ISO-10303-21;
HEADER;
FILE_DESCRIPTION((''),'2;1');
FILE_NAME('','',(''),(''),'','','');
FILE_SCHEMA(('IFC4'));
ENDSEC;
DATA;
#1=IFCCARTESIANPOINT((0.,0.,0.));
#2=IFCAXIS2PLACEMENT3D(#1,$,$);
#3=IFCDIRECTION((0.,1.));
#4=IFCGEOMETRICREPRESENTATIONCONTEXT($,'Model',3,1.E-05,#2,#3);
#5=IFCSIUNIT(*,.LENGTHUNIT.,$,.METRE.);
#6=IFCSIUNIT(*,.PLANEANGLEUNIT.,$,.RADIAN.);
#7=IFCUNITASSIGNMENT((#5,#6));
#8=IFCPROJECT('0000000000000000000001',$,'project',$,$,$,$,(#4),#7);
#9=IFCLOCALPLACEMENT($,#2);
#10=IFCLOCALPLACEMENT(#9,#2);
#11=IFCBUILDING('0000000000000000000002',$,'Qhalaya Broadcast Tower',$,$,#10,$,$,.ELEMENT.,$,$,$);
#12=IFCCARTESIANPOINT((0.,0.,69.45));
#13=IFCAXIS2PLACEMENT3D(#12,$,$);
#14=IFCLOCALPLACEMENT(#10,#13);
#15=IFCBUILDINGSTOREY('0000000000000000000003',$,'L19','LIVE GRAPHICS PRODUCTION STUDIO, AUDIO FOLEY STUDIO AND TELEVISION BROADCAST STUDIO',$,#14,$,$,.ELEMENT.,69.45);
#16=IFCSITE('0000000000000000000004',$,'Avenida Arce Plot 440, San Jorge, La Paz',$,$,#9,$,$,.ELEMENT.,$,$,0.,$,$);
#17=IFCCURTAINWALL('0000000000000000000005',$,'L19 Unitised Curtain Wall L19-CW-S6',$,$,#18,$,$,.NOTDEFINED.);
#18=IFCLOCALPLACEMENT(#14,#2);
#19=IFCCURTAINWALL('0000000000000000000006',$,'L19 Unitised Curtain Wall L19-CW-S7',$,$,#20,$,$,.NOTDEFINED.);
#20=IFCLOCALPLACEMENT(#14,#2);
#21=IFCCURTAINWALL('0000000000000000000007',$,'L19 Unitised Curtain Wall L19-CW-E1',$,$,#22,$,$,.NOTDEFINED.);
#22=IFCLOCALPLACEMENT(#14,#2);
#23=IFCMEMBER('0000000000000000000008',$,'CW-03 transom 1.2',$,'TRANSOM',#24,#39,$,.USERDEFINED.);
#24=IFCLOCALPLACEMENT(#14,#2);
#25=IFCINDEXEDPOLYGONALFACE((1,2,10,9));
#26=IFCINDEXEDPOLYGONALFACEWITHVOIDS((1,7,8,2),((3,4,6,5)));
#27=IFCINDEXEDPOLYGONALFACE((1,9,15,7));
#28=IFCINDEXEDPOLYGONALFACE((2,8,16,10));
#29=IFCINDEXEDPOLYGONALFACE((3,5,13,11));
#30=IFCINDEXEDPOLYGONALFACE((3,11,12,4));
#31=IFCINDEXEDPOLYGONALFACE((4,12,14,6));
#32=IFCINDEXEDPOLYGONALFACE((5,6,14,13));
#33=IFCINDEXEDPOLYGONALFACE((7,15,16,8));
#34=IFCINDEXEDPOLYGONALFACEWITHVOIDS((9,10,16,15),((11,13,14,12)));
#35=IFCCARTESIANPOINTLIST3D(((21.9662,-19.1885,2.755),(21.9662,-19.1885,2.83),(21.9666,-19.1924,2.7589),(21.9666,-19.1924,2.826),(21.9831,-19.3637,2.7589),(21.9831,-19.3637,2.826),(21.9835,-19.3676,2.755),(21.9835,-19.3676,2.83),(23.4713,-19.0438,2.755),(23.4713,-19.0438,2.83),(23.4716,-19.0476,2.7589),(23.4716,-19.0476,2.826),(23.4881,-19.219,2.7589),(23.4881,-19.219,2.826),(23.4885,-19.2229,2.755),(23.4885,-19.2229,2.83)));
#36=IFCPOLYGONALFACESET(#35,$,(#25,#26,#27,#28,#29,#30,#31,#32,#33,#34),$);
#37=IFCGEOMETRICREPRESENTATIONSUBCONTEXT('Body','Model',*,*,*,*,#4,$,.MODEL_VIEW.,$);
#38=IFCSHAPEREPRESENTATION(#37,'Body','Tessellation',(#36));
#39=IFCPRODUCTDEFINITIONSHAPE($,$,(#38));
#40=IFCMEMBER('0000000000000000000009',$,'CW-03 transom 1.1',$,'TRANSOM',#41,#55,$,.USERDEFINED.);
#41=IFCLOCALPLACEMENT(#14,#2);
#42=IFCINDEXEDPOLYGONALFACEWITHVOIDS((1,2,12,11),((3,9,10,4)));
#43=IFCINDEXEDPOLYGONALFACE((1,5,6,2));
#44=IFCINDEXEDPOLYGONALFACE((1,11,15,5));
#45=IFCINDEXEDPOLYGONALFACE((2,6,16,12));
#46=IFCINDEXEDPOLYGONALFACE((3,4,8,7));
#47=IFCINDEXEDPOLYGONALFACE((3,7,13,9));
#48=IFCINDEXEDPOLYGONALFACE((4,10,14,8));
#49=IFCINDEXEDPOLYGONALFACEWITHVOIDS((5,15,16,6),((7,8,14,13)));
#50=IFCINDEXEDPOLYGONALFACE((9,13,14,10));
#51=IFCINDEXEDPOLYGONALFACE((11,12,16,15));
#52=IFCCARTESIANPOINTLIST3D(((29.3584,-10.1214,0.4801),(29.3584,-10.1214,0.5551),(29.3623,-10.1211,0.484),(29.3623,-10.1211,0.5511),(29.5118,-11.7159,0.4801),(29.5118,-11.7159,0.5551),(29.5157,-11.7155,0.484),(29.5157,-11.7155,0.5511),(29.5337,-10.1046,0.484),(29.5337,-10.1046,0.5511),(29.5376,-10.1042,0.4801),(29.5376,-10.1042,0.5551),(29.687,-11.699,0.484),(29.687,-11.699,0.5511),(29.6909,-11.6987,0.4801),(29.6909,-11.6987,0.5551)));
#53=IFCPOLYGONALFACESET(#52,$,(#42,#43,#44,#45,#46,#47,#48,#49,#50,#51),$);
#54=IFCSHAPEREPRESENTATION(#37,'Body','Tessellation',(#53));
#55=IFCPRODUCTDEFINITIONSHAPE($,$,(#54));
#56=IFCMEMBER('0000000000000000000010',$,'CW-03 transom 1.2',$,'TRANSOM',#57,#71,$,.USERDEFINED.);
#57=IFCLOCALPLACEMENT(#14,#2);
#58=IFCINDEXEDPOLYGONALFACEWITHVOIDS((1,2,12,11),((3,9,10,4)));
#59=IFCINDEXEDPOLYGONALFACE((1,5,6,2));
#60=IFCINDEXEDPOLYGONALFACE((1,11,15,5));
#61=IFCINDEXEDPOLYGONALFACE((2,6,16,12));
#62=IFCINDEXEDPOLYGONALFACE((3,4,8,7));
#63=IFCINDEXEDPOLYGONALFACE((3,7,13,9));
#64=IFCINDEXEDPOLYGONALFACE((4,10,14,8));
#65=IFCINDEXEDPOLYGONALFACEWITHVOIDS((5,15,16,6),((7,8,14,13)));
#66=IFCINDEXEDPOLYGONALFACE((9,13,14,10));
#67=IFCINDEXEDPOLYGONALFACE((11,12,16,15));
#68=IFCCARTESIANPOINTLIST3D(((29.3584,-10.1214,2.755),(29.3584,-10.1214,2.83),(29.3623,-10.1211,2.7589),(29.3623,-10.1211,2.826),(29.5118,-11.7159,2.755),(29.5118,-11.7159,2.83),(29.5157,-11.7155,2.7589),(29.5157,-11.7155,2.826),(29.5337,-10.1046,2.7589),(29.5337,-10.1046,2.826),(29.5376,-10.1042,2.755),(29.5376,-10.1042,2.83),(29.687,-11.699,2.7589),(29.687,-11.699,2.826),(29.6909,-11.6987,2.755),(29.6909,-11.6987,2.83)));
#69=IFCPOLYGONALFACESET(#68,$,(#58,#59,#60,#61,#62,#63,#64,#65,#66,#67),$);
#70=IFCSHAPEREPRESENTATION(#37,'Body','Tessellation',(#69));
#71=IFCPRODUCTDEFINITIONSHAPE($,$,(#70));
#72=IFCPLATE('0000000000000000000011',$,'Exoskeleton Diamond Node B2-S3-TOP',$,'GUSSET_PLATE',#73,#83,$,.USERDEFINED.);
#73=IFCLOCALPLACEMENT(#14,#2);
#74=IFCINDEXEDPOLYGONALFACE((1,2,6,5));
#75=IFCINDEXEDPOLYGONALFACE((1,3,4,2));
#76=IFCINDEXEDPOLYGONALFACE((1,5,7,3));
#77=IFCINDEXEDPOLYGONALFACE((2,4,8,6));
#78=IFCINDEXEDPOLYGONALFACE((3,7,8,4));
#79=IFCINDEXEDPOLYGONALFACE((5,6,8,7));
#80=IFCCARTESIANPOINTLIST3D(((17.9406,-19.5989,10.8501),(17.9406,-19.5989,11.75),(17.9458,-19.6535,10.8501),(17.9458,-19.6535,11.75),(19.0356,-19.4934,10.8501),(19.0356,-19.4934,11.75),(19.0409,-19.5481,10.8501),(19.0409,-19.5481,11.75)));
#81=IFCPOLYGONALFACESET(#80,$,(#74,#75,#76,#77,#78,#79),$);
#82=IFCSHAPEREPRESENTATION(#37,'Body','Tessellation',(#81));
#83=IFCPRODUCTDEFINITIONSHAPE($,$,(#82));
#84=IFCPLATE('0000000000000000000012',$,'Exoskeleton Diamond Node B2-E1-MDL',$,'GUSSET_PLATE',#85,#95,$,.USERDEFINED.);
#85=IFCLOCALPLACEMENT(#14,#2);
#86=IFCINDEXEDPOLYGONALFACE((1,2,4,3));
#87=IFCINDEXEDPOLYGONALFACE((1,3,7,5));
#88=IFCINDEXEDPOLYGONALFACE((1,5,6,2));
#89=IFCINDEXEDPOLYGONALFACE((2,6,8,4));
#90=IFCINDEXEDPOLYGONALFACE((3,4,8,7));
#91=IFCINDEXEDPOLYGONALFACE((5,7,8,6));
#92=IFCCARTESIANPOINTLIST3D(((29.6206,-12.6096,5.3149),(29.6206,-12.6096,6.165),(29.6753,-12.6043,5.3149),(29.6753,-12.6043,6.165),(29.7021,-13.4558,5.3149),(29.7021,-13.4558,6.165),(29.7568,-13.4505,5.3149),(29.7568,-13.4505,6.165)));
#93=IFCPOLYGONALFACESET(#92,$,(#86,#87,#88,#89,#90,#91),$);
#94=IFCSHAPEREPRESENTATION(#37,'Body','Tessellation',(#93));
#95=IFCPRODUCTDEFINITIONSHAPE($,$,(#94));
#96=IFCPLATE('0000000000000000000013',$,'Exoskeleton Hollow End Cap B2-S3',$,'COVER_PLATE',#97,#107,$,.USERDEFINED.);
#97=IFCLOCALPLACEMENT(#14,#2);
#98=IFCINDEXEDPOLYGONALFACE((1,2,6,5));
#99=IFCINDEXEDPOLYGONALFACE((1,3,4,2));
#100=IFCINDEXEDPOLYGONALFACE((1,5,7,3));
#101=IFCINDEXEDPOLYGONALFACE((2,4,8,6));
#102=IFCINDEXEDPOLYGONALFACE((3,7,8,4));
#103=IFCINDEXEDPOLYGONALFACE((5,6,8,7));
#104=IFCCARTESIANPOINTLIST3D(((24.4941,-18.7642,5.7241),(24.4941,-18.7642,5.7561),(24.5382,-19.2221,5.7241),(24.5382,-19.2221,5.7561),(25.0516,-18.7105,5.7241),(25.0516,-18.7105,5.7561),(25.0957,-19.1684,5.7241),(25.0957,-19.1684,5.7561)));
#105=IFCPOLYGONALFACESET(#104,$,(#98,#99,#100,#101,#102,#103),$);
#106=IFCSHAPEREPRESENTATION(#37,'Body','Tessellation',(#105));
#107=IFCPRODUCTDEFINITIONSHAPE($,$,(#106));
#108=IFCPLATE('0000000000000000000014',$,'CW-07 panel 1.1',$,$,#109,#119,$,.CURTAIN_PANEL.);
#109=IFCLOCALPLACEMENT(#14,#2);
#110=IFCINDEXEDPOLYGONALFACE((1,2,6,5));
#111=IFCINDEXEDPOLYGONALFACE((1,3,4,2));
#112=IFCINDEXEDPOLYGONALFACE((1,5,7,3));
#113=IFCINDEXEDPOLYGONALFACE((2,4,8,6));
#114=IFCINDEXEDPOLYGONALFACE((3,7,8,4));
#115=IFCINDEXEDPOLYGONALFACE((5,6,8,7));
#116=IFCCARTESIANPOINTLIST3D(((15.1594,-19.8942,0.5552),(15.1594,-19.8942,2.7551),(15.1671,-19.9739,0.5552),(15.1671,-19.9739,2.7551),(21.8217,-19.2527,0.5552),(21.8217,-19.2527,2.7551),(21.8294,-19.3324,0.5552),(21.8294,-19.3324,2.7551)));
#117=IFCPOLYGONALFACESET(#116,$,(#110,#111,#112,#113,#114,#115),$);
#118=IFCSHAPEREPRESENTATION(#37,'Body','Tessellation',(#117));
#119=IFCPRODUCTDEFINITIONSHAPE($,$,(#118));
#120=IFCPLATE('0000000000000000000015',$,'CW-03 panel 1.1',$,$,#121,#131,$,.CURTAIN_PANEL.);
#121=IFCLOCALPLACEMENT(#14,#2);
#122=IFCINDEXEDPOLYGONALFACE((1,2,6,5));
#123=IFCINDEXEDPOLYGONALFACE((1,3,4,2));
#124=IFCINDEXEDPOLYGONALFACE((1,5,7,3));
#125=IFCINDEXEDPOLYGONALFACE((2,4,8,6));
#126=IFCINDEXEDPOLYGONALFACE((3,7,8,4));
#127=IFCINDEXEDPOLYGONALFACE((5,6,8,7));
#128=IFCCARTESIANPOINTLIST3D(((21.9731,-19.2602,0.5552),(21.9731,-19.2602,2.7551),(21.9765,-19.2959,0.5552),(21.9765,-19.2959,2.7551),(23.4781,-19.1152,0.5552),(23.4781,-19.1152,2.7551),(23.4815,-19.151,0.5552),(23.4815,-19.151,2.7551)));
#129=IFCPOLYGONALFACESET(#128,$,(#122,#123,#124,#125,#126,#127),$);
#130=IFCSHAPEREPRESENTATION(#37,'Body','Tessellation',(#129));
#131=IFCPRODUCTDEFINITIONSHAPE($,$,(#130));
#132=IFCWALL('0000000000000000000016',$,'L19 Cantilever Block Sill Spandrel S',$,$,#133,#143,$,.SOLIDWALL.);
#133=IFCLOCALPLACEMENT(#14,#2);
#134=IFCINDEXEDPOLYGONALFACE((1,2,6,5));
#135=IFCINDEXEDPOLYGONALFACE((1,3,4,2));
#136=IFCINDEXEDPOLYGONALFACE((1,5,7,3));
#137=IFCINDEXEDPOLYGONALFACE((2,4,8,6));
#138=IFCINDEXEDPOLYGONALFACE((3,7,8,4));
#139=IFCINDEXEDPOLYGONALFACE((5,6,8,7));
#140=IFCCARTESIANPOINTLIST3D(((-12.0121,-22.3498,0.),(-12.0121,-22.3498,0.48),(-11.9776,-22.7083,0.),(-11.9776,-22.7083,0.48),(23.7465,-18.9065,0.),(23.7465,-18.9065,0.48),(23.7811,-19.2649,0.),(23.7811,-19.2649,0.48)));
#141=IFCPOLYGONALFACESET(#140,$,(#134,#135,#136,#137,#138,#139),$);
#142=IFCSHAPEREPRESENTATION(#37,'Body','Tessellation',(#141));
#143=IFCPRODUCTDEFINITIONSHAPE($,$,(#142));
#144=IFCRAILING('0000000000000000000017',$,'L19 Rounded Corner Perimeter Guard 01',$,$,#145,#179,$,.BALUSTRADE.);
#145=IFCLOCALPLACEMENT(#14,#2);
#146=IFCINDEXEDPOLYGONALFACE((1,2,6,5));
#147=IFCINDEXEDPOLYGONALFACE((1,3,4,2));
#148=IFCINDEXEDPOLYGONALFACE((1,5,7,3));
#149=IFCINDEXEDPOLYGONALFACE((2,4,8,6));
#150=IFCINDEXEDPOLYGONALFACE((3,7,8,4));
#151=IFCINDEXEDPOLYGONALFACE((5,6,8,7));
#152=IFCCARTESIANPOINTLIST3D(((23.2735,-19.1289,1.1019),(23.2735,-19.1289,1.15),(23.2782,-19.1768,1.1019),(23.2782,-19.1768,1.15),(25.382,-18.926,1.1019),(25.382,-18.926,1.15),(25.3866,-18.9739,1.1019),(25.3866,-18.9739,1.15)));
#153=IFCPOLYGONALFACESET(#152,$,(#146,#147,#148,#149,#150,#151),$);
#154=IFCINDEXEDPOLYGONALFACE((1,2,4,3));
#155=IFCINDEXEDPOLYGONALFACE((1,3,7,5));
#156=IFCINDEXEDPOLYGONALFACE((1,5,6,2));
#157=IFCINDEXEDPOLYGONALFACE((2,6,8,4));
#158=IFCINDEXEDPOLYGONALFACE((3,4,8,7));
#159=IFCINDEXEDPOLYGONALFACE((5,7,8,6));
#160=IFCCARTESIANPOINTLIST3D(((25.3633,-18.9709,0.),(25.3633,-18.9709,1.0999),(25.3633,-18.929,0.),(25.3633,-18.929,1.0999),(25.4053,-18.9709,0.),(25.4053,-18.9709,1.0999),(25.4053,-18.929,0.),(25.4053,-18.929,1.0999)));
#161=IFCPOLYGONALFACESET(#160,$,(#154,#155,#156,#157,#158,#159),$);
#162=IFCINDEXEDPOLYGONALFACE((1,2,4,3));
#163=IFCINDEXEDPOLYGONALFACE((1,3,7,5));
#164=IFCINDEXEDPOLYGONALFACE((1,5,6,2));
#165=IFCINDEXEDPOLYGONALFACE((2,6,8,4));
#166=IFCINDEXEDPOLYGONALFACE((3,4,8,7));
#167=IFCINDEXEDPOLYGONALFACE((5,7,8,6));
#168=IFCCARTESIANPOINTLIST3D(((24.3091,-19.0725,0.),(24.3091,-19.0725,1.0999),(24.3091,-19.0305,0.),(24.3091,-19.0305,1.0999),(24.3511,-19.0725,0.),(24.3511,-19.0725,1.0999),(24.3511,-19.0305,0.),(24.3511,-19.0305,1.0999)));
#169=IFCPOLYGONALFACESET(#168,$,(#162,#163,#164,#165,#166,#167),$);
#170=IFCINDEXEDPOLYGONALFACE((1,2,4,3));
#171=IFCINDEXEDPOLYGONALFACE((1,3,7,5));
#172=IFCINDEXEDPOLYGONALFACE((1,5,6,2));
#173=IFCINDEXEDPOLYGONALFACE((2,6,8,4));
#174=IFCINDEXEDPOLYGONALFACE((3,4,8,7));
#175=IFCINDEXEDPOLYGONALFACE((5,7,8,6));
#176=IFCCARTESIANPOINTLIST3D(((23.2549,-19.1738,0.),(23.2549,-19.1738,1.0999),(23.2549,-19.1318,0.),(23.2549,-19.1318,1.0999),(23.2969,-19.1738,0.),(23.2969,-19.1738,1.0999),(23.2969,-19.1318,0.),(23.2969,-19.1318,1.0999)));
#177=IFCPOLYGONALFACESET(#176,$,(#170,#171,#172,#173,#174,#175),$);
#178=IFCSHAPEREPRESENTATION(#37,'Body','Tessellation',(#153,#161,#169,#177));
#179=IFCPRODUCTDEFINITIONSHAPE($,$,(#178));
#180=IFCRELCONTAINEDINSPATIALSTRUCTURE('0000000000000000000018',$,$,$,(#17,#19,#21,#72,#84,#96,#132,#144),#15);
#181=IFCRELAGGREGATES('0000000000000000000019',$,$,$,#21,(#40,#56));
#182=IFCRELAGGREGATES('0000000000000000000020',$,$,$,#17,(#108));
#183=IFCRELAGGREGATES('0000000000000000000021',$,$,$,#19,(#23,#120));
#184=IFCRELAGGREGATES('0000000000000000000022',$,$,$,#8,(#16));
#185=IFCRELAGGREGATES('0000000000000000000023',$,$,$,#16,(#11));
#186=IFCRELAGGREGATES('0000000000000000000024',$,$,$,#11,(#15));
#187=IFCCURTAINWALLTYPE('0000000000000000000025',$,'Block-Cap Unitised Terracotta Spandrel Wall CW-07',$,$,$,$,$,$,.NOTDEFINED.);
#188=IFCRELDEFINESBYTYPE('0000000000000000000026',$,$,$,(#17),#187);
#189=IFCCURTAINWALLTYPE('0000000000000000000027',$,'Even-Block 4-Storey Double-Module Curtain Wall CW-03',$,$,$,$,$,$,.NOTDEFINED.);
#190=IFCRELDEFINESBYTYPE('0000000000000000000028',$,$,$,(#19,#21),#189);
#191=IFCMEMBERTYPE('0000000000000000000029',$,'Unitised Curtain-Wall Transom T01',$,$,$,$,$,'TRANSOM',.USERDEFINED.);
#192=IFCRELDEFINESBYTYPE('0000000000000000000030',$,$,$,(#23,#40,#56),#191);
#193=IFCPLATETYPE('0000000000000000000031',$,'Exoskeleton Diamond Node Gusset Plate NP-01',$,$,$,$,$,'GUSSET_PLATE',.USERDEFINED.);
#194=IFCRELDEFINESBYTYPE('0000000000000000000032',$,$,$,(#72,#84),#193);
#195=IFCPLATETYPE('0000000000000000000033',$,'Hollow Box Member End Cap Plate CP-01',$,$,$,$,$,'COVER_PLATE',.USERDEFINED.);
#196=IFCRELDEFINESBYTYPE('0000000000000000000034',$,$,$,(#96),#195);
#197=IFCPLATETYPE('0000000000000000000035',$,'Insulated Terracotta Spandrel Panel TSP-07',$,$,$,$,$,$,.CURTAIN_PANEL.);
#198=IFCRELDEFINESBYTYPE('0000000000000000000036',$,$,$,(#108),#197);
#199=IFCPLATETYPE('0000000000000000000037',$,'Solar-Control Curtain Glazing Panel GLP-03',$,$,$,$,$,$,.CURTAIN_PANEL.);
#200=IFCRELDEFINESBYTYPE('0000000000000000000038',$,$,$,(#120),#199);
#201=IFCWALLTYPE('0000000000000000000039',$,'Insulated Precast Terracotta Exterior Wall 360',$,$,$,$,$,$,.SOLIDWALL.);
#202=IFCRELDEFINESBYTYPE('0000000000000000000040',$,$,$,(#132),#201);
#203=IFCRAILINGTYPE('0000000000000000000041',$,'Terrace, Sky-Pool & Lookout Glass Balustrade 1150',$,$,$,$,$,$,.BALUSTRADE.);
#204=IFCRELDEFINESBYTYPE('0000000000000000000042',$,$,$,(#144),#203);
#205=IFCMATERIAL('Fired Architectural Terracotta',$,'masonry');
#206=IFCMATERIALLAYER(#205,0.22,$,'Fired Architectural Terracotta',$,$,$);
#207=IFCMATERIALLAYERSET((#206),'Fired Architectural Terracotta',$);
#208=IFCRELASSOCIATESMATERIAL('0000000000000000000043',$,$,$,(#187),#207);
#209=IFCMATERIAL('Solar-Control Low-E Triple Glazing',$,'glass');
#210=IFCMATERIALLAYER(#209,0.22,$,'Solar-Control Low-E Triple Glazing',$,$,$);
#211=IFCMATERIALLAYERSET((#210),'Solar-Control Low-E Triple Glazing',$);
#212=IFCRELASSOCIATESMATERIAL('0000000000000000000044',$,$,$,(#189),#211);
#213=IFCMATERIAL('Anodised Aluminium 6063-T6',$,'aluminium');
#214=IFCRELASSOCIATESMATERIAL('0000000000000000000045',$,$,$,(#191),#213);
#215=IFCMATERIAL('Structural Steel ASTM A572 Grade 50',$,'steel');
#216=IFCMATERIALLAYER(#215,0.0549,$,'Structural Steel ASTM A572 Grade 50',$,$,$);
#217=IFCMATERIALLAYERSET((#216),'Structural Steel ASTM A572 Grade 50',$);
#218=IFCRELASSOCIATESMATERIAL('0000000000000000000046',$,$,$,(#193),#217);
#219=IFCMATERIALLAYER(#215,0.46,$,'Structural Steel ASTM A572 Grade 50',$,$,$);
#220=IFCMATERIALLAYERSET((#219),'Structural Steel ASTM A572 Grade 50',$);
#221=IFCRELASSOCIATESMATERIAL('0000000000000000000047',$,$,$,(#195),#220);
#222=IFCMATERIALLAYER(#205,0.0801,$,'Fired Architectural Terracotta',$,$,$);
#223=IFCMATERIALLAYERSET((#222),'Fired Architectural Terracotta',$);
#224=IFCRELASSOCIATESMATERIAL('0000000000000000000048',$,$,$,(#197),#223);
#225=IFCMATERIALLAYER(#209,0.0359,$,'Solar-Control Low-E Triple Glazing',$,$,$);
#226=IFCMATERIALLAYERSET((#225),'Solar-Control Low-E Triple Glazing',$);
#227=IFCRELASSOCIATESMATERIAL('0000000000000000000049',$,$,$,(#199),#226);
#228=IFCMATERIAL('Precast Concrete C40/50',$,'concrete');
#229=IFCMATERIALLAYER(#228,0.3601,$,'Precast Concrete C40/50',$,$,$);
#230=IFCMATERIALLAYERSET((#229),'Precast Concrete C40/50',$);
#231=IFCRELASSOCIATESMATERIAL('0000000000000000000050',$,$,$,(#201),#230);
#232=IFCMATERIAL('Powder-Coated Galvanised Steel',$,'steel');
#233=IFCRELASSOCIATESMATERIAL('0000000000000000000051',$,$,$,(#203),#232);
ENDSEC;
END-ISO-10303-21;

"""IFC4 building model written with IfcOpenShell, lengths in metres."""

from ifc_helpers import new_model, si_unit, direction, frame, frame_2d, origin, origin_2d, place, context, subcontext, project, spatial, rectangle, hollow_rectangle, extrude, material, layer, layer_set, material_profile, profile_set, type_object, element, aggregate, save


model = new_model("IFC4")

# Units and contexts
model_context = context("Model", 3, precision=1e-05, world=origin(), true_north=direction((0.0, 1.0)))
body_context = subcontext(model_context, "Body", "Model", "MODEL_VIEW")
ifc_project = project(units=[si_unit("LENGTHUNIT", "METRE"), si_unit("PLANEANGLEUNIT", "RADIAN")], contexts=[model_context])

# Site, building, storey
site_placement = place(None, origin())
site = spatial("IfcSite", under=ifc_project, at=site_placement, Name="Avenida Arce Plot 440, San Jorge, La Paz", CompositionType="ELEMENT", RefElevation=0.0)
building_placement = place(site_placement, origin())
building = spatial("IfcBuilding", under=site, at=building_placement, Name="Qhalaya Broadcast Tower", CompositionType="ELEMENT")
storey_placement = place(building_placement, frame((0.0, 0.0, 69.45)))
storey = spatial("IfcBuildingStorey", under=building, at=storey_placement, Name="L19", Description="LIVE GRAPHICS PRODUCTION STUDIO, AUDIO FOLEY STUDIO AND TELEVISION BROADCAST STUDIO", CompositionType="ELEMENT", Elevation=69.45)

# Shared definitions
ifc_material_1 = material(Name="Structural Steel ASTM A572 Grade 50", Category="steel")

# Shared definitions
ifc_material_2 = material(Name="Fired Architectural Terracotta", Category="masonry")

# Curtain wall
ifc_layer_1 = layer(ifc_material_2, 0.22, Name="Fired Architectural Terracotta")
ifc_layer_set_1 = layer_set([ifc_layer_1], Name="Fired Architectural Terracotta")
curtain_wall_type_1 = type_object("IfcCurtainWallType", Name="Block-Cap Unitised Terracotta Spandrel Wall CW-07", PredefinedType="NOTDEFINED", material=ifc_layer_set_1)
curtain_wall_1_placement = place(storey_placement, origin())
curtain_wall_1 = element("IfcCurtainWall", 1, at=curtain_wall_1_placement, inside=storey, type_object=curtain_wall_type_1, Name="L19 Unitised Curtain Wall L19-CW-S6", PredefinedType="NOTDEFINED")
ifc_material_3 = material(Name="Anodised Aluminium 6063-T6", Category="aluminium")

# Curtain wall
ifc_material_4 = material(Name="Solar-Control Low-E Triple Glazing", Category="glass")
ifc_layer_2 = layer(ifc_material_4, 0.22, Name="Solar-Control Low-E Triple Glazing")
ifc_layer_set_2 = layer_set([ifc_layer_2], Name="Solar-Control Low-E Triple Glazing")
curtain_wall_type_2 = type_object("IfcCurtainWallType", Name="Even-Block 4-Storey Double-Module Curtain Wall CW-03", PredefinedType="NOTDEFINED", material=ifc_layer_set_2)
curtain_wall_2_placement = place(storey_placement, origin())
curtain_wall_2 = element("IfcCurtainWall", 2, at=curtain_wall_2_placement, inside=storey, type_object=curtain_wall_type_2, Name="L19 Unitised Curtain Wall L19-CW-S7", PredefinedType="NOTDEFINED")

# Curtain wall
curtain_wall_3_placement = place(storey_placement, origin())
curtain_wall_3 = element("IfcCurtainWall", 3, at=curtain_wall_3_placement, inside=storey, type_object=curtain_wall_type_2, Name="L19 Unitised Curtain Wall L19-CW-E1", PredefinedType="NOTDEFINED")

# Members
ifc_material_profile_1 = material_profile(ifc_material_3, hollow_rectangle(XDim=0.075, YDim=0.1799, WallThickness=0.0039, at=origin_2d()), Name="ALU-TRN 75x180x4")
ifc_profile_set_1 = profile_set([ifc_material_profile_1], Name="Anodised Aluminium 6063-T6")
member_type_1 = type_object("IfcMemberType", Name="Unitised Curtain-Wall Transom T01", ElementType="TRANSOM", PredefinedType="USERDEFINED", material=ifc_profile_set_1)
member_1_placement = place(storey_placement, frame((21.9749, -19.2781, 2.7925), z_axis=(0.995406, 0.095746, 0.0), x_axis=(0.0, 0.0, 1.0)))
member_1 = element("IfcMember", 4, at=member_1_placement, type_object=member_type_1, Name="CW-03 transom 1.2", ObjectType="TRANSOM", PredefinedType="USERDEFINED", context=body_context, shape_type="SweptSolid", body=[
    extrude(hollow_rectangle(XDim=0.075, YDim=0.1799, WallThickness=0.0039, at=origin_2d()), origin(), (0.0, 0.0, 1.0), 1.512),
])
member_2_placement = place(storey_placement, frame((29.6013, -11.7073, 0.5176), z_axis=(-0.095715, 0.995409, 0.0), x_axis=(0.0, 0.0, 1.0)))
member_2 = element("IfcMember", 5, at=member_2_placement, type_object=member_type_1, Name="CW-03 transom 1.1", ObjectType="TRANSOM", PredefinedType="USERDEFINED", context=body_context, shape_type="SweptSolid", body=[
    extrude(hollow_rectangle(XDim=0.075, YDim=0.1799, WallThickness=0.0039, at=origin_2d()), origin(), (0.0, 0.0, 1.0), 1.6018),
])
member_3_placement = place(storey_placement, frame((29.6013, -11.7073, 2.7925), z_axis=(-0.095715, 0.995409, 0.0), x_axis=(0.0, 0.0, 1.0)))
member_3 = element("IfcMember", 6, at=member_3_placement, type_object=member_type_1, Name="CW-03 transom 1.2", ObjectType="TRANSOM", PredefinedType="USERDEFINED", context=body_context, shape_type="SweptSolid", body=[
    extrude(hollow_rectangle(XDim=0.075, YDim=0.1799, WallThickness=0.0039, at=origin_2d()), origin(), (0.0, 0.0, 1.0), 1.6018),
])
aggregate(curtain_wall_3, [member_2, member_3])

# Plates
ifc_layer_3 = layer(ifc_material_1, 0.0549, Name="Structural Steel ASTM A572 Grade 50")
ifc_layer_set_3 = layer_set([ifc_layer_3], Name="Structural Steel ASTM A572 Grade 50")
plate_type_1 = type_object("IfcPlateType", Name="Exoskeleton Diamond Node Gusset Plate NP-01", ElementType="GUSSET_PLATE", PredefinedType="USERDEFINED", material=ifc_layer_set_3)
plate_1_placement = place(storey_placement, frame((18.4907, -19.5735, 10.8501), z_axis=(0.0, 0.0, 1.0), x_axis=(0.995396, 0.095846, 0.0)))
element("IfcPlate", 7, at=plate_1_placement, inside=storey, type_object=plate_type_1, Name="Exoskeleton Diamond Node B2-S3-TOP", ObjectType="GUSSET_PLATE", PredefinedType="USERDEFINED", context=body_context, shape_type="SweptSolid", body=[
    extrude(rectangle(XDim=1.1001, YDim=0.0549, at=origin_2d()), origin(), (0.0, 0.0, 1.0), 0.8999),
])
plate_2_placement = place(storey_placement, frame((29.6887, -13.03, 5.3149), z_axis=(0.0, 0.0, 1.0), x_axis=(-0.095846, 0.995396, 0.0)))
element("IfcPlate", 8, at=plate_2_placement, inside=storey, type_object=plate_type_1, Name="Exoskeleton Diamond Node B2-E1-MDL", ObjectType="GUSSET_PLATE", PredefinedType="USERDEFINED", context=body_context, shape_type="SweptSolid", body=[
    extrude(rectangle(XDim=0.8501, YDim=0.0549, at=origin_2d()), origin(), (0.0, 0.0, 1.0), 0.8501),
])
ifc_layer_4 = layer(ifc_material_1, 0.46, Name="Structural Steel ASTM A572 Grade 50")
ifc_layer_set_4 = layer_set([ifc_layer_4], Name="Structural Steel ASTM A572 Grade 50")
plate_type_2 = type_object("IfcPlateType", Name="Hollow Box Member End Cap Plate CP-01", ElementType="COVER_PLATE", PredefinedType="USERDEFINED", material=ifc_layer_set_4)
plate_3_placement = place(storey_placement, frame((24.7949, -18.9663, 5.7241), z_axis=(0.0, 0.0, 1.0), x_axis=(0.995396, 0.095846, 0.0)))
element("IfcPlate", 9, at=plate_3_placement, inside=storey, type_object=plate_type_2, Name="Exoskeleton Hollow End Cap B2-S3", ObjectType="COVER_PLATE", PredefinedType="USERDEFINED", context=body_context, shape_type="SweptSolid", body=[
    extrude(rectangle(XDim=0.5601, YDim=0.46, at=origin_2d()), origin(), (0.0, 0.0, 1.0), 0.032),
])

# Plates
ifc_layer_5 = layer(ifc_material_2, 0.0801, Name="Fired Architectural Terracotta")
ifc_layer_set_5 = layer_set([ifc_layer_5], Name="Fired Architectural Terracotta")
plate_type_3 = type_object("IfcPlateType", Name="Insulated Terracotta Spandrel Panel TSP-07", PredefinedType="CURTAIN_PANEL", material=ifc_layer_set_5)
plate_4_placement = place(storey_placement, frame((18.4944, -19.6133, 0.5552), z_axis=(0.0, 0.0, 1.0), x_axis=(0.995396, 0.09585, 0.0)))
plate_4 = element("IfcPlate", 10, at=plate_4_placement, type_object=plate_type_3, Name="CW-07 panel 1.1", PredefinedType="CURTAIN_PANEL", context=body_context, shape_type="SweptSolid", body=[
    extrude(rectangle(XDim=6.6931, YDim=0.0801, at=origin_2d()), origin(), (0.0, 0.0, 1.0), 2.2),
])
aggregate(curtain_wall_1, [plate_4])
ifc_layer_6 = layer(ifc_material_4, 0.0359, Name="Solar-Control Low-E Triple Glazing")
ifc_layer_set_6 = layer_set([ifc_layer_6], Name="Solar-Control Low-E Triple Glazing")
plate_type_4 = type_object("IfcPlateType", Name="Solar-Control Curtain Glazing Panel GLP-03", PredefinedType="CURTAIN_PANEL", material=ifc_layer_set_6)
plate_5_placement = place(storey_placement, frame((22.7273, -19.2056, 0.5552), z_axis=(0.0, 0.0, 1.0), x_axis=(0.995396, 0.095845, 0.0)))
plate_5 = element("IfcPlate", 11, at=plate_5_placement, type_object=plate_type_4, Name="CW-03 panel 1.1", PredefinedType="CURTAIN_PANEL", context=body_context, shape_type="SweptSolid", body=[
    extrude(rectangle(XDim=1.512, YDim=0.0359, at=origin_2d()), origin(), (0.0, 0.0, 1.0), 2.2),
])
aggregate(curtain_wall_2, [member_1, plate_5])

# Wall
ifc_material_5 = material(Name="Precast Concrete C40/50", Category="concrete")
ifc_layer_7 = layer(ifc_material_5, 0.3601, Name="Precast Concrete C40/50")
ifc_layer_set_7 = layer_set([ifc_layer_7], Name="Precast Concrete C40/50")
wall_type = type_object("IfcWallType", Name="Insulated Precast Terracotta Exterior Wall 360", PredefinedType="SOLIDWALL", material=ifc_layer_set_7)
wall_placement = place(storey_placement, frame((23.7637, -19.0857, 0.0), z_axis=(0.0, 0.0, 1.0), x_axis=(-0.995396, -0.095851, 0.0)))
element("IfcWall", 12, at=wall_placement, inside=storey, type_object=wall_type, Name="L19 Cantilever Block Sill Spandrel S", PredefinedType="SOLIDWALL", context=body_context, shape_type="SweptSolid", body=[
    extrude(rectangle(XDim=35.9241, YDim=0.3601, at=frame_2d((17.9619, 0.0))), origin(), (0.0, 0.0, 1.0), 0.48),
])

# Railing
ifc_material_6 = material(Name="Powder-Coated Galvanised Steel", Category="steel")
railing_type = type_object("IfcRailingType", Name="Terrace, Sky-Pool & Lookout Glass Balustrade 1150", PredefinedType="BALUSTRADE", material=ifc_material_6)
railing_1_placement = place(storey_placement, frame((25.3843, -18.95, 0.0)))
element("IfcRailing", 13, at=railing_1_placement, inside=storey, type_object=railing_type, Name="L19 Rounded Corner Perimeter Guard 01", PredefinedType="BALUSTRADE", context=body_context, shape_type="SweptSolid", body=[
    extrude(rectangle(XDim=0.0481, YDim=0.0481, at=origin_2d()), frame((0.0, 0.0, 1.126), z_axis=(-0.995402, -0.095783, 0.0), x_axis=(0.095783, -0.995402, 0.0)), (0.0, 0.0, 1.0), 2.1182),
    extrude(rectangle(XDim=0.042, YDim=0.042, at=origin_2d()), origin(), (0.0, 0.0, 1.0), 1.0999),
    extrude(rectangle(XDim=0.042, YDim=0.042, at=origin_2d()), frame((-1.0542, -0.1016, 0.0)), (0.0, 0.0, 1.0), 1.0999),
    extrude(rectangle(XDim=0.042, YDim=0.042, at=origin_2d()), frame((-2.1084, -0.2029, 0.0)), (0.0, 0.0, 1.0), 1.0999),
])

save(model, "model.ifc")
